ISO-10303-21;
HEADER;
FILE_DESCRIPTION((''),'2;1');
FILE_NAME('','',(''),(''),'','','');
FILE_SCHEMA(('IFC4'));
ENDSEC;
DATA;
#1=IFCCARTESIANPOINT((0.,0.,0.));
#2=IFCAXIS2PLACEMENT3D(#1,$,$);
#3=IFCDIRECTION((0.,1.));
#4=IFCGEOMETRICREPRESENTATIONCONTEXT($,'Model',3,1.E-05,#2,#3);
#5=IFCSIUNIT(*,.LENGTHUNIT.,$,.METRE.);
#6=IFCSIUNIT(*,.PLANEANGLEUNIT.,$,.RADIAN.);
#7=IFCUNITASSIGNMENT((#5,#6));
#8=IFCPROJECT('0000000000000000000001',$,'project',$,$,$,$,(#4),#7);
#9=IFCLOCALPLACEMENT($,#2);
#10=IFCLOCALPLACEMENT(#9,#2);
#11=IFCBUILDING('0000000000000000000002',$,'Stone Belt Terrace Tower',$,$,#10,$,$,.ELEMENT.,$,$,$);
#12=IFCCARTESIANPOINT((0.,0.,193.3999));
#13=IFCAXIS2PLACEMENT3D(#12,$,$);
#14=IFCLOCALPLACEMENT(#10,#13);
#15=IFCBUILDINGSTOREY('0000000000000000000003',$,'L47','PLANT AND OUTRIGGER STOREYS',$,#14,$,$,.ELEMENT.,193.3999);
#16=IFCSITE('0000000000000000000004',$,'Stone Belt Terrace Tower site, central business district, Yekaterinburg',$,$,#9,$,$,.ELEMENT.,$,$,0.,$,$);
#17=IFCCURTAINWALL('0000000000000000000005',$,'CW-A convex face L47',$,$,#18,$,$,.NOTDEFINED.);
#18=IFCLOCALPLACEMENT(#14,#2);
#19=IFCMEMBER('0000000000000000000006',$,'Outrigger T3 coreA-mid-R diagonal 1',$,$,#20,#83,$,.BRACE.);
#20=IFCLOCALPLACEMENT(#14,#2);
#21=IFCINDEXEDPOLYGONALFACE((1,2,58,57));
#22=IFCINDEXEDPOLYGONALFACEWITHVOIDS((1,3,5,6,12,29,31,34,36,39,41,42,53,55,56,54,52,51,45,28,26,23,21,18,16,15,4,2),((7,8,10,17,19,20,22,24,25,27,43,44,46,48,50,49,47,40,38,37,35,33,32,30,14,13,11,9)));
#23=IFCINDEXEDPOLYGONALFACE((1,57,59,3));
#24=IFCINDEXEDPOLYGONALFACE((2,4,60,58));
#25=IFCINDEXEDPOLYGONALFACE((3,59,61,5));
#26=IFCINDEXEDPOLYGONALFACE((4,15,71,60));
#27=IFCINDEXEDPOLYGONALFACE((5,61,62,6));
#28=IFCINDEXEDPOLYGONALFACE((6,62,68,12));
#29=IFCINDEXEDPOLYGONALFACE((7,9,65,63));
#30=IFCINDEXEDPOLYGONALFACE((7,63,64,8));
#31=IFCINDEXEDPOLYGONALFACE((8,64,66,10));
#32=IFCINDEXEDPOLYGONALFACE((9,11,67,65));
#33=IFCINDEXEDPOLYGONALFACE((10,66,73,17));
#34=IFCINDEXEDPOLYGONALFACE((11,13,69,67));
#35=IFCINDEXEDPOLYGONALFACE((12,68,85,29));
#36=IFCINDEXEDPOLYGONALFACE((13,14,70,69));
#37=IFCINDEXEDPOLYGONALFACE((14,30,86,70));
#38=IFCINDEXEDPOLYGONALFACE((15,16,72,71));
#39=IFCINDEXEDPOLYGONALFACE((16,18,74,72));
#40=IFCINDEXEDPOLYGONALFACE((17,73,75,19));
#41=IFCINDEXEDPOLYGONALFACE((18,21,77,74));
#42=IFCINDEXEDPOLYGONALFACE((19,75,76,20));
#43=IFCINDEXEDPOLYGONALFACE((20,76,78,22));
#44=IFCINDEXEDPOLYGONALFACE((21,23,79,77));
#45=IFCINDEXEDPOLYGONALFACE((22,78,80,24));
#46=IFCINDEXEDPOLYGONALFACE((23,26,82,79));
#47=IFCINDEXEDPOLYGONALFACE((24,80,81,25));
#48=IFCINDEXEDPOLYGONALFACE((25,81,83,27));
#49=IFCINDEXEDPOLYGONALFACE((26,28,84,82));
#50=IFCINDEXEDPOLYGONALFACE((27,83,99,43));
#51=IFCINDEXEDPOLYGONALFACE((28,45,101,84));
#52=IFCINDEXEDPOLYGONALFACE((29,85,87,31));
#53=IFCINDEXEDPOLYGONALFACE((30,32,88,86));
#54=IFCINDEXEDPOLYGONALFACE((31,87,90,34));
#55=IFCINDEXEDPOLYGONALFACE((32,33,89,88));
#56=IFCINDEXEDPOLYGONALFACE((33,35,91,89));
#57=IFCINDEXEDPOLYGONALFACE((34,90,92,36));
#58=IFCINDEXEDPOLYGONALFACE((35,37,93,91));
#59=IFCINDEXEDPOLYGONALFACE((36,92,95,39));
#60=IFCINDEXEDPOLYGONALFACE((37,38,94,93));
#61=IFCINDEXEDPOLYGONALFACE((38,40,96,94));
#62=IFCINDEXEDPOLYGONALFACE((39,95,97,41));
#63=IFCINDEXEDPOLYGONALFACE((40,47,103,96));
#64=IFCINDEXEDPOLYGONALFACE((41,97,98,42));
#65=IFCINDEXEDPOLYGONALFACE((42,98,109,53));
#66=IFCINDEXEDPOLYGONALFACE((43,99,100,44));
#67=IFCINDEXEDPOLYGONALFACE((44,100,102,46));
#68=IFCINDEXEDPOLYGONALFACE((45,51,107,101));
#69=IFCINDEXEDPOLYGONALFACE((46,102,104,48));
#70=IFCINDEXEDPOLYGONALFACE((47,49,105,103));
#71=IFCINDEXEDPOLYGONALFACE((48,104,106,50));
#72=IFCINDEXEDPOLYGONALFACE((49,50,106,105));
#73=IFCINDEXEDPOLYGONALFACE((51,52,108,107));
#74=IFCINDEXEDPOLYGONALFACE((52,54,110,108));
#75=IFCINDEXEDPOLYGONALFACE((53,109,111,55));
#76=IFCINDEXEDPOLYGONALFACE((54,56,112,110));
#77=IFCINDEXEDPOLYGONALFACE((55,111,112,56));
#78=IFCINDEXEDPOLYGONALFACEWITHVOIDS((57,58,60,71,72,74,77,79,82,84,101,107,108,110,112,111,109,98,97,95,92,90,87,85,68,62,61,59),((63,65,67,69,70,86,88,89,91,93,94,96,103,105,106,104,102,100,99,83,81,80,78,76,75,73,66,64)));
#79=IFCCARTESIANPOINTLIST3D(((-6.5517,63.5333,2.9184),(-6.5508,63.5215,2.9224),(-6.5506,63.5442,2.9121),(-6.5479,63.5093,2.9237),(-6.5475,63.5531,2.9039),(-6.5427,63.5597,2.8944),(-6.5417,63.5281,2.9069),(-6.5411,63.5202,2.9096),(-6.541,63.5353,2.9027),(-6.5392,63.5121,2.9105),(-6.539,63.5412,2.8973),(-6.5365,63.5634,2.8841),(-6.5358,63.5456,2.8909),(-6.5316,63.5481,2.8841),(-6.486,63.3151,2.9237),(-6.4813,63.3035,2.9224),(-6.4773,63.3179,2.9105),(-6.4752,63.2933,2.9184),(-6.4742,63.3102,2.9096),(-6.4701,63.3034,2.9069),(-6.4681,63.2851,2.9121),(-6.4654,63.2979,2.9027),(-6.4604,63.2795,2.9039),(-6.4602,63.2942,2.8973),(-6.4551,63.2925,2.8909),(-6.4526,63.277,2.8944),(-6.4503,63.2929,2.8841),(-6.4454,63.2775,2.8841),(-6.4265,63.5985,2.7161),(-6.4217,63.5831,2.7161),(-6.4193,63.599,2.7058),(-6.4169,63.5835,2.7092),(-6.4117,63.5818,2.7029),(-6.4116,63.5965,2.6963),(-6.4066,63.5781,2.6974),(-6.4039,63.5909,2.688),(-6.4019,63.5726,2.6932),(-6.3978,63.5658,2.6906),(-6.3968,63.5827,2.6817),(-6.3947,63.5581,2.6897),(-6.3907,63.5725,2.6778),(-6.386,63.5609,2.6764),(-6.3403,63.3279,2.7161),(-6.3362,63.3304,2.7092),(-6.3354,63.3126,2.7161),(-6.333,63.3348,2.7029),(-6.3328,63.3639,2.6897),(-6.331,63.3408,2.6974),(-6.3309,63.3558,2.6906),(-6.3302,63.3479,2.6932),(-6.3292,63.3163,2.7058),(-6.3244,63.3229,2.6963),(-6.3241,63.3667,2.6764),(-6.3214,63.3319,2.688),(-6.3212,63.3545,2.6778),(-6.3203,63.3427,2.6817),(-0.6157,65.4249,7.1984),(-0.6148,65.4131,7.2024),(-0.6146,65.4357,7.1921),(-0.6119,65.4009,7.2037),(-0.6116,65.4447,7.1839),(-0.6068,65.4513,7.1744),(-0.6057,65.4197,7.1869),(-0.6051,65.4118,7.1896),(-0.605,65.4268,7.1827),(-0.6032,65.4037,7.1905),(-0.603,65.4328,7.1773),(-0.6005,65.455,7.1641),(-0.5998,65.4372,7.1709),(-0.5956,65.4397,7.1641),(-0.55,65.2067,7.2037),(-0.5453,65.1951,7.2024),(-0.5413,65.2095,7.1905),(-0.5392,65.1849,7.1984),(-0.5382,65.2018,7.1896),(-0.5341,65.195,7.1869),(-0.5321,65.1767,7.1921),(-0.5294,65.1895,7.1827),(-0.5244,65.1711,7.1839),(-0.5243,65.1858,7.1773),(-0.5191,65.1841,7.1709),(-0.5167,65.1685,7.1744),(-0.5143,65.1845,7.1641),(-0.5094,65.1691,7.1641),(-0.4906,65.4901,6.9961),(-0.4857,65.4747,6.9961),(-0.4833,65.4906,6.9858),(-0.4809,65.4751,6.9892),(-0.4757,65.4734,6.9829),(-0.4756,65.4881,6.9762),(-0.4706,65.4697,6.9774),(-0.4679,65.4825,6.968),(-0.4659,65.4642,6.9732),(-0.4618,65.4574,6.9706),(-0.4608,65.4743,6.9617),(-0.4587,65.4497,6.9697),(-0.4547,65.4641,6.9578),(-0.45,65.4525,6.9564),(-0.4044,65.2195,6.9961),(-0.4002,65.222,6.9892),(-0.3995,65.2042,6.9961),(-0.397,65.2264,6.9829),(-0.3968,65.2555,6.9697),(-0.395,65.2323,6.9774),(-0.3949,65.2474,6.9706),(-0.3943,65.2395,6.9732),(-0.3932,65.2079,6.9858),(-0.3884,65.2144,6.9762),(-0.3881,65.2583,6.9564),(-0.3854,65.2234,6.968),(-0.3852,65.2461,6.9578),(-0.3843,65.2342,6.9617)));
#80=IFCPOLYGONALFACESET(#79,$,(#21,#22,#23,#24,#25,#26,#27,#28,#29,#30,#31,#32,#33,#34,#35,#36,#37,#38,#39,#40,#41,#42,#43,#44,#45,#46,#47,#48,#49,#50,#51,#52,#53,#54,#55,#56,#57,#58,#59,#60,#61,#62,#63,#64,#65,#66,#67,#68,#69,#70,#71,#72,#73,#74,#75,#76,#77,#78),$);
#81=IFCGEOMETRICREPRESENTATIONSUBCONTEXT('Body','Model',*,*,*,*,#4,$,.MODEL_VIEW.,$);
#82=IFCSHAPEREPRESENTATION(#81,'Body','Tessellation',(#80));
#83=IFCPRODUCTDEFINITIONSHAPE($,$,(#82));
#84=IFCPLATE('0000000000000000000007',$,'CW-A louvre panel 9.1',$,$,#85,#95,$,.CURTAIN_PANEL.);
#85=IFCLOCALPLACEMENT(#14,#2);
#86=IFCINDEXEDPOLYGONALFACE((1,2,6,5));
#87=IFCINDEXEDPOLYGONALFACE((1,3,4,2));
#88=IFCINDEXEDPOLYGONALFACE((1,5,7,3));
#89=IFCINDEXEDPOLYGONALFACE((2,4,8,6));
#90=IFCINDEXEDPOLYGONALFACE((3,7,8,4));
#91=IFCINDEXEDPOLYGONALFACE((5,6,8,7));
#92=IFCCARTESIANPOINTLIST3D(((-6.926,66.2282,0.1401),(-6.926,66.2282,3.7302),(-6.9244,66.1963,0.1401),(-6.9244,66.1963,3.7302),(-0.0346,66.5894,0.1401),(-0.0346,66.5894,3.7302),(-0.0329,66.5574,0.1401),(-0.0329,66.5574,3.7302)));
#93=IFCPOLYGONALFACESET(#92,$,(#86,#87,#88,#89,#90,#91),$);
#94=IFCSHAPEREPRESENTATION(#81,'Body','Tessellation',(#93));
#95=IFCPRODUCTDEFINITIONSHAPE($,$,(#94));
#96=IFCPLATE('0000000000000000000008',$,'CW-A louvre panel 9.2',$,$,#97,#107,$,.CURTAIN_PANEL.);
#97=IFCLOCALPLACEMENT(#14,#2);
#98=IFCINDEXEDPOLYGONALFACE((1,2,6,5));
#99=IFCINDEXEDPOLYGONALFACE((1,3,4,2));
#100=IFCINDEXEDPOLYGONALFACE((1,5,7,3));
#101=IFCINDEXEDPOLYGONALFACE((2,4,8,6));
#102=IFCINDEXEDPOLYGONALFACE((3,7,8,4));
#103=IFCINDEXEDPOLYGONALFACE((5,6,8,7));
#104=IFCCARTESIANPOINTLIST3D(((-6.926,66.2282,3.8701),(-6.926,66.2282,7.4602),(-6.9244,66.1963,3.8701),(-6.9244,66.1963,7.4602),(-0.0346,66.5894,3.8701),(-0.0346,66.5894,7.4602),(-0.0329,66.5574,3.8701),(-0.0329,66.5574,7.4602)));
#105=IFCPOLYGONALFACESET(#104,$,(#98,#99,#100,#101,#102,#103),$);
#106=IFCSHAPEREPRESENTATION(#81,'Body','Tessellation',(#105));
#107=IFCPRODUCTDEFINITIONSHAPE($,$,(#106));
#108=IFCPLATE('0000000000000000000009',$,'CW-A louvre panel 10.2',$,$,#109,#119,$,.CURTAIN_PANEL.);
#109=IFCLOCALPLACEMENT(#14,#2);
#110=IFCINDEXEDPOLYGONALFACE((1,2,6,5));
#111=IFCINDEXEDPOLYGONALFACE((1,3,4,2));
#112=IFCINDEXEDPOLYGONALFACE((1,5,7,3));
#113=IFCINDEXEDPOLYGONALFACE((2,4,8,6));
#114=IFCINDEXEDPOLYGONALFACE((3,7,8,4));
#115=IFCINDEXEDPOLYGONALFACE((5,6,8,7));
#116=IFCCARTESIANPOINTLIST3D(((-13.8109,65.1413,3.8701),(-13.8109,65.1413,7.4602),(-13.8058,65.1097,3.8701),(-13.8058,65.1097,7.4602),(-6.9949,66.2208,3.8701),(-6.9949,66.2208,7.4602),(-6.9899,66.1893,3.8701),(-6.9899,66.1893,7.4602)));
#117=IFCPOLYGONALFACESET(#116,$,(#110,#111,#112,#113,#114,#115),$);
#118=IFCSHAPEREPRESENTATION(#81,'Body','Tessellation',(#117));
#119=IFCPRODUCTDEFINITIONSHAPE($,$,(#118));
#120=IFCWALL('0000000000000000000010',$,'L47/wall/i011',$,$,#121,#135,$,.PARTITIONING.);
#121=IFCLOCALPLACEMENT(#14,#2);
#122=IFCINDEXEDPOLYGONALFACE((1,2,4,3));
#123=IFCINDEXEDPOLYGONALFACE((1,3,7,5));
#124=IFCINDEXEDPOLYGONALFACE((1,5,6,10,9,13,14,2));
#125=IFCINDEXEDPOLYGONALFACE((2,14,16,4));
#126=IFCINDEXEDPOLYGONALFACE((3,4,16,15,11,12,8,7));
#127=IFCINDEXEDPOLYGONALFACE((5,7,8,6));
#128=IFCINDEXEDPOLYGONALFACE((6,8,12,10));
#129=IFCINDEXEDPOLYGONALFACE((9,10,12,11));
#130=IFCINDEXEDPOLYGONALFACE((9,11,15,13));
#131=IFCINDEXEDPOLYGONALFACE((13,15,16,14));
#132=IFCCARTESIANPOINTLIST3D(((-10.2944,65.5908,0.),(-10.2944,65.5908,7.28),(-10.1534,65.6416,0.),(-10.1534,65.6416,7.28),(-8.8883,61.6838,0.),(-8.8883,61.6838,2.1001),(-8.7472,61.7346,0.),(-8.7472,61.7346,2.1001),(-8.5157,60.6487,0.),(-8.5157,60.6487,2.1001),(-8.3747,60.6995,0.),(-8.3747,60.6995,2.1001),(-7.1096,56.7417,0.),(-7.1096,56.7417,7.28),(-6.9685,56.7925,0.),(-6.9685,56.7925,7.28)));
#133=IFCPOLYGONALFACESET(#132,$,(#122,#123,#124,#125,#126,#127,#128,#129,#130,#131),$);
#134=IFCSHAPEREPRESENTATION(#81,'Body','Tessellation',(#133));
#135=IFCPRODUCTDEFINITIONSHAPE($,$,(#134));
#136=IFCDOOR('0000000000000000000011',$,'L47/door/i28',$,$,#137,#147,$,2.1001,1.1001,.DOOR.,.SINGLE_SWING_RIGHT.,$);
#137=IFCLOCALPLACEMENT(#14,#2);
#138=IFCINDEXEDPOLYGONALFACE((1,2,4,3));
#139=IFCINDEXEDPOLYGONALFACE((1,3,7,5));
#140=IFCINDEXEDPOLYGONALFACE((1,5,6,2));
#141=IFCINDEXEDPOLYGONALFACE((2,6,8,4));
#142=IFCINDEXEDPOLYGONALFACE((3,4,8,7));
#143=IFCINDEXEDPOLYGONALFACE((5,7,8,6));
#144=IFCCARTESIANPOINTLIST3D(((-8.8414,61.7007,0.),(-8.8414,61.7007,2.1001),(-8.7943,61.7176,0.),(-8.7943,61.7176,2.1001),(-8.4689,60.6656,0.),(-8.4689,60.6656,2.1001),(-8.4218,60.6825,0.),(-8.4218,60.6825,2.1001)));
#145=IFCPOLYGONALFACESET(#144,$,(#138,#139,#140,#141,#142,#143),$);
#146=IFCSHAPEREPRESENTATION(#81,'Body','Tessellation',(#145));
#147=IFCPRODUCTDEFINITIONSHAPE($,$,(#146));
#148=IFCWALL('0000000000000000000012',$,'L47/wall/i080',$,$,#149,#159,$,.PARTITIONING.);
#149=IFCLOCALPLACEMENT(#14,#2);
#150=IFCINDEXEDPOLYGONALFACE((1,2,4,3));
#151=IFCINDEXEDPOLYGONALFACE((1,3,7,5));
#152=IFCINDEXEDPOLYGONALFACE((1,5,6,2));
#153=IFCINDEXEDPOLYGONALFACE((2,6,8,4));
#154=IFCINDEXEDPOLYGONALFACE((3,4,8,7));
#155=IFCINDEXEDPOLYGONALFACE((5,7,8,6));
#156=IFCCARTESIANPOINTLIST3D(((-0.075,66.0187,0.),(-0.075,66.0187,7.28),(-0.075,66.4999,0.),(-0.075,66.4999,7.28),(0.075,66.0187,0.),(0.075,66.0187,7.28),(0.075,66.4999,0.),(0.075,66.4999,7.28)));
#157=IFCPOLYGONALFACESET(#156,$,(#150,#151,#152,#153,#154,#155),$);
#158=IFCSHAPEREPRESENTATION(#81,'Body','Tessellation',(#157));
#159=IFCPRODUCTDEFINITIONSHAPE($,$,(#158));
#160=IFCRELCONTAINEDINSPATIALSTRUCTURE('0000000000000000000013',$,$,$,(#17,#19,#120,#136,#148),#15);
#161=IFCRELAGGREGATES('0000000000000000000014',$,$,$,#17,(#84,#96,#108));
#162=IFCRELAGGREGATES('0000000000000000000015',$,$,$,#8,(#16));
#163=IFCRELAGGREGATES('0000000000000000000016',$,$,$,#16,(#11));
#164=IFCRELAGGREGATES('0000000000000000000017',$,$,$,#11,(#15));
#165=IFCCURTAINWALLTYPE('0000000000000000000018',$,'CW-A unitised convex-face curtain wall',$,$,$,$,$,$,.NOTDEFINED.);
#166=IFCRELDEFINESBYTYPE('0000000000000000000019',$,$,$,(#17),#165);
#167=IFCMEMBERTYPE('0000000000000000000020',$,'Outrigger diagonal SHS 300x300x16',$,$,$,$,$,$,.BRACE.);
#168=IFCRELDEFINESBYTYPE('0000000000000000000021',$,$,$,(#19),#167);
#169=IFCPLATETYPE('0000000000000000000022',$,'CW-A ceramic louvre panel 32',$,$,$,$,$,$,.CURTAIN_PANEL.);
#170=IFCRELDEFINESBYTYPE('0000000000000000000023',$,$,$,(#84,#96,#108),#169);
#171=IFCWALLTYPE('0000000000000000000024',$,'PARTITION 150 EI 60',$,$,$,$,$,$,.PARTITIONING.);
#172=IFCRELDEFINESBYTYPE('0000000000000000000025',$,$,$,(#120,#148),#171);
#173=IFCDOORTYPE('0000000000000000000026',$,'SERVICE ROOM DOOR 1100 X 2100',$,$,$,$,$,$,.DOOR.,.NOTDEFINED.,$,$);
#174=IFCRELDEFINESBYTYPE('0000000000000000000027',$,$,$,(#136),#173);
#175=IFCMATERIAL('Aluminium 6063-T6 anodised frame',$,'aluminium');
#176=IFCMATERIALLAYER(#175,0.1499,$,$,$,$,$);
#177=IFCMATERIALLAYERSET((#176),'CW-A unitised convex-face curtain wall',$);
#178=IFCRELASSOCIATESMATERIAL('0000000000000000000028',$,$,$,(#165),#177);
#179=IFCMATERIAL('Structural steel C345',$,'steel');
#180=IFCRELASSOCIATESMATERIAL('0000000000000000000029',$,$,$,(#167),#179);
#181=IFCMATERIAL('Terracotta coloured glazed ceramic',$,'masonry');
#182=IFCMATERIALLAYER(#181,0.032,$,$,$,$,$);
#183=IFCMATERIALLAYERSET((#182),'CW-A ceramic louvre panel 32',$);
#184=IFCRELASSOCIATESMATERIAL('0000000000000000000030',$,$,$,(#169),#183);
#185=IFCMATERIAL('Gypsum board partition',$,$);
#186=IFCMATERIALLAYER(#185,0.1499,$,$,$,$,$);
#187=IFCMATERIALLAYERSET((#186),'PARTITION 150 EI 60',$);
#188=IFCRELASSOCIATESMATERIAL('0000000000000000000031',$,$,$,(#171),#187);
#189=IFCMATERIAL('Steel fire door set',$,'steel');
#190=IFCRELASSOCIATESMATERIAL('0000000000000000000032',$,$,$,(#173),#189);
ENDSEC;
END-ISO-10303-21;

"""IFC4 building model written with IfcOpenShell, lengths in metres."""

from ifc_helpers import new_model, si_unit, direction, frame, frame_2d, origin, origin_2d, place, context, subcontext, project, spatial, rectangle, hollow_rectangle, extrude, material, layer, layer_set, material_profile, profile_set, type_object, element, fill, aggregate, save


model = new_model("IFC4")

# Units and contexts
model_context = context("Model", 3, precision=1e-05, world=origin(), true_north=direction((0.0, 1.0)))
body_context = subcontext(model_context, "Body", "Model", "MODEL_VIEW")
ifc_project = project(units=[si_unit("LENGTHUNIT", "METRE"), si_unit("PLANEANGLEUNIT", "RADIAN")], contexts=[model_context])

# Site, building, storey
site_placement = place(None, origin())
site = spatial("IfcSite", under=ifc_project, at=site_placement, Name="Stone Belt Terrace Tower site, central business district, Yekaterinburg", CompositionType="ELEMENT", RefElevation=0.0)
building_placement = place(site_placement, origin())
building = spatial("IfcBuilding", under=site, at=building_placement, Name="Stone Belt Terrace Tower", CompositionType="ELEMENT")
storey_placement = place(building_placement, frame((0.0, 0.0, 193.3999)))
storey = spatial("IfcBuildingStorey", under=building, at=storey_placement, Name="L47", Description="PLANT AND OUTRIGGER STOREYS", CompositionType="ELEMENT", Elevation=193.3999)

# Shared definitions
ifc_material_1 = material(Name="Structural steel C345", Category="steel")

# Curtain wall
ifc_material_2 = material(Name="Aluminium 6063-T6 anodised frame", Category="aluminium")
ifc_layer_1 = layer(ifc_material_2, 0.1499)
ifc_layer_set_1 = layer_set([ifc_layer_1], Name="CW-A unitised convex-face curtain wall")
curtain_wall_type = type_object("IfcCurtainWallType", Name="CW-A unitised convex-face curtain wall", PredefinedType="NOTDEFINED", material=ifc_layer_set_1)
curtain_wall_placement = place(storey_placement, origin())
curtain_wall = element("IfcCurtainWall", 1, at=curtain_wall_placement, inside=storey, type_object=curtain_wall_type, Name="CW-A convex face L47", PredefinedType="NOTDEFINED")

# Member
ifc_material_profile_1 = material_profile(ifc_material_1, hollow_rectangle(XDim=0.3, YDim=0.3, WallThickness=0.0161, InnerFilletRadius=0.032, OuterFilletRadius=0.0481, at=origin_2d()), Name="SHS 300x300x16")
ifc_profile_set_1 = profile_set([ifc_material_profile_1], Name="Structural steel C345")
member_type_1 = type_object("IfcMemberType", Name="Outrigger diagonal SHS 300x300x16", PredefinedType="BRACE", material=ifc_profile_set_1)
member_1_placement = place(storey_placement, frame((-0.5, 65.3296, 7.0801), z_axis=(-0.785329, -0.250256, -0.566242), x_axis=(0.303621, -0.952793, 0.0)))
element("IfcMember", 2, at=member_1_placement, inside=storey, type_object=member_type_1, Name="Outrigger T3 coreA-mid-R diagonal 1", PredefinedType="BRACE", context=body_context, shape_type="SweptSolid", body=[
    extrude(hollow_rectangle(XDim=0.3, YDim=0.3, WallThickness=0.0161, InnerFilletRadius=0.032, OuterFilletRadius=0.0481, at=origin_2d()), origin(), (0.0, 0.0, 1.0), 7.5586),
])

# Plates
ifc_material_3 = material(Name="Terracotta coloured glazed ceramic", Category="masonry")
ifc_layer_2 = layer(ifc_material_3, 0.032)
ifc_layer_set_2 = layer_set([ifc_layer_2], Name="CW-A ceramic louvre panel 32")
plate_type = type_object("IfcPlateType", Name="CW-A ceramic louvre panel 32", PredefinedType="CURTAIN_PANEL", material=ifc_layer_set_2)
plate_1_placement = place(storey_placement, frame((-3.4795, 66.3928, 0.1401), z_axis=(0.0, 0.0, 1.0), x_axis=(-0.99863, -0.052336, 0.0)))
plate_1 = element("IfcPlate", 3, at=plate_1_placement, type_object=plate_type, Name="CW-A louvre panel 9.1", PredefinedType="CURTAIN_PANEL", context=body_context, shape_type="SweptSolid", body=[
    extrude(rectangle(XDim=6.9009, YDim=0.032, at=origin_2d()), origin(), (0.0, 0.0, 1.0), 3.5901),
])
plate_2_placement = place(storey_placement, frame((-3.4795, 66.3928, 3.8701), z_axis=(0.0, 0.0, 1.0), x_axis=(-0.99863, -0.052336, 0.0)))
plate_2 = element("IfcPlate", 4, at=plate_2_placement, type_object=plate_type, Name="CW-A louvre panel 9.2", PredefinedType="CURTAIN_PANEL", context=body_context, shape_type="SweptSolid", body=[
    extrude(rectangle(XDim=6.9009, YDim=0.032, at=origin_2d()), origin(), (0.0, 0.0, 1.0), 3.5901),
])
plate_3_placement = place(storey_placement, frame((-10.4004, 65.6653, 3.8701), z_axis=(0.0, 0.0, 1.0), x_axis=(-0.987688, -0.156434, 0.0)))
plate_3 = element("IfcPlate", 5, at=plate_3_placement, type_object=plate_type, Name="CW-A louvre panel 10.2", PredefinedType="CURTAIN_PANEL", context=body_context, shape_type="SweptSolid", body=[
    extrude(rectangle(XDim=6.9009, YDim=0.032, at=origin_2d()), origin(), (0.0, 0.0, 1.0), 3.5901),
])
aggregate(curtain_wall, [plate_1, plate_2, plate_3])

# Wall, opening, door
ifc_material_4 = material(Name="Gypsum board partition")
ifc_layer_3 = layer(ifc_material_4, 0.1499)
ifc_layer_set_3 = layer_set([ifc_layer_3], Name="PARTITION 150 EI 60")
wall_type = type_object("IfcWallType", Name="PARTITION 150 EI 60", PredefinedType="PARTITIONING", material=ifc_layer_set_3)
wall_1_placement = place(storey_placement, frame((-10.2239, 65.6162, 0.0), z_axis=(0.0, 0.0, 1.0), x_axis=(0.338638, -0.940917, 0.0)))
wall_1 = element("IfcWall", 6, at=wall_1_placement, inside=storey, type_object=wall_type, Name="L47/wall/i011", PredefinedType="PARTITIONING", context=body_context, shape_type="SweptSolid", body=[
    extrude(rectangle(XDim=9.4048, YDim=0.1499, at=frame_2d((4.7024, 0.0))), origin(), (0.0, 0.0, 1.0), 7.28),
])
opening_placement = place(wall_1_placement, frame((4.1523, 0.0, 0.0)))
opening = element("IfcOpeningElement", 7, at=opening_placement, cuts=wall_1, PredefinedType="OPENING", context=body_context, shape_type="SweptSolid", body=[
    extrude(rectangle(XDim=1.1001, YDim=2.1001, at=frame_2d((0.55, 1.05))), frame((0.0, 0.085, 0.0), z_axis=(0.0, -1.0, 0.0), x_axis=(1.0, 0.0, 0.0)), (0.0, 0.0, 1.0), 0.1699),
])
ifc_material_5 = material(Name="Steel fire door set", Category="steel")
door_type = type_object("IfcDoorType", Name="SERVICE ROOM DOOR 1100 X 2100", OperationType="NOTDEFINED", PredefinedType="DOOR", material=ifc_material_5)
door_placement = place(opening_placement, origin())
door = element("IfcDoor", 8, at=door_placement, inside=storey, type_object=door_type, Name="L47/door/i28", OperationType="SINGLE_SWING_RIGHT", OverallHeight=2.1001, OverallWidth=1.1001, PredefinedType="DOOR", context=body_context, shape_type="SweptSolid", body=[
    extrude(rectangle(XDim=1.1001, YDim=2.1001, at=frame_2d((0.55, 1.05))), frame((0.0, 0.0249, 0.0), z_axis=(0.0, -1.0, 0.0), x_axis=(1.0, 0.0, 0.0)), (0.0, 0.0, 1.0), 0.05),
])
fill(opening, door)

# Wall
wall_2_placement = place(storey_placement, frame((0.0, 66.5, 0.0), z_axis=(0.0, 0.0, 1.0), x_axis=(0.0, -1.0, 0.0)))
element("IfcWall", 9, at=wall_2_placement, inside=storey, type_object=wall_type, Name="L47/wall/i080", PredefinedType="PARTITIONING", context=body_context, shape_type="SweptSolid", body=[
    extrude(rectangle(XDim=0.4812, YDim=0.1499, at=frame_2d((0.2407, 0.0))), origin(), (0.0, 0.0, 1.0), 7.28),
])

save(model, "model.ifc")
